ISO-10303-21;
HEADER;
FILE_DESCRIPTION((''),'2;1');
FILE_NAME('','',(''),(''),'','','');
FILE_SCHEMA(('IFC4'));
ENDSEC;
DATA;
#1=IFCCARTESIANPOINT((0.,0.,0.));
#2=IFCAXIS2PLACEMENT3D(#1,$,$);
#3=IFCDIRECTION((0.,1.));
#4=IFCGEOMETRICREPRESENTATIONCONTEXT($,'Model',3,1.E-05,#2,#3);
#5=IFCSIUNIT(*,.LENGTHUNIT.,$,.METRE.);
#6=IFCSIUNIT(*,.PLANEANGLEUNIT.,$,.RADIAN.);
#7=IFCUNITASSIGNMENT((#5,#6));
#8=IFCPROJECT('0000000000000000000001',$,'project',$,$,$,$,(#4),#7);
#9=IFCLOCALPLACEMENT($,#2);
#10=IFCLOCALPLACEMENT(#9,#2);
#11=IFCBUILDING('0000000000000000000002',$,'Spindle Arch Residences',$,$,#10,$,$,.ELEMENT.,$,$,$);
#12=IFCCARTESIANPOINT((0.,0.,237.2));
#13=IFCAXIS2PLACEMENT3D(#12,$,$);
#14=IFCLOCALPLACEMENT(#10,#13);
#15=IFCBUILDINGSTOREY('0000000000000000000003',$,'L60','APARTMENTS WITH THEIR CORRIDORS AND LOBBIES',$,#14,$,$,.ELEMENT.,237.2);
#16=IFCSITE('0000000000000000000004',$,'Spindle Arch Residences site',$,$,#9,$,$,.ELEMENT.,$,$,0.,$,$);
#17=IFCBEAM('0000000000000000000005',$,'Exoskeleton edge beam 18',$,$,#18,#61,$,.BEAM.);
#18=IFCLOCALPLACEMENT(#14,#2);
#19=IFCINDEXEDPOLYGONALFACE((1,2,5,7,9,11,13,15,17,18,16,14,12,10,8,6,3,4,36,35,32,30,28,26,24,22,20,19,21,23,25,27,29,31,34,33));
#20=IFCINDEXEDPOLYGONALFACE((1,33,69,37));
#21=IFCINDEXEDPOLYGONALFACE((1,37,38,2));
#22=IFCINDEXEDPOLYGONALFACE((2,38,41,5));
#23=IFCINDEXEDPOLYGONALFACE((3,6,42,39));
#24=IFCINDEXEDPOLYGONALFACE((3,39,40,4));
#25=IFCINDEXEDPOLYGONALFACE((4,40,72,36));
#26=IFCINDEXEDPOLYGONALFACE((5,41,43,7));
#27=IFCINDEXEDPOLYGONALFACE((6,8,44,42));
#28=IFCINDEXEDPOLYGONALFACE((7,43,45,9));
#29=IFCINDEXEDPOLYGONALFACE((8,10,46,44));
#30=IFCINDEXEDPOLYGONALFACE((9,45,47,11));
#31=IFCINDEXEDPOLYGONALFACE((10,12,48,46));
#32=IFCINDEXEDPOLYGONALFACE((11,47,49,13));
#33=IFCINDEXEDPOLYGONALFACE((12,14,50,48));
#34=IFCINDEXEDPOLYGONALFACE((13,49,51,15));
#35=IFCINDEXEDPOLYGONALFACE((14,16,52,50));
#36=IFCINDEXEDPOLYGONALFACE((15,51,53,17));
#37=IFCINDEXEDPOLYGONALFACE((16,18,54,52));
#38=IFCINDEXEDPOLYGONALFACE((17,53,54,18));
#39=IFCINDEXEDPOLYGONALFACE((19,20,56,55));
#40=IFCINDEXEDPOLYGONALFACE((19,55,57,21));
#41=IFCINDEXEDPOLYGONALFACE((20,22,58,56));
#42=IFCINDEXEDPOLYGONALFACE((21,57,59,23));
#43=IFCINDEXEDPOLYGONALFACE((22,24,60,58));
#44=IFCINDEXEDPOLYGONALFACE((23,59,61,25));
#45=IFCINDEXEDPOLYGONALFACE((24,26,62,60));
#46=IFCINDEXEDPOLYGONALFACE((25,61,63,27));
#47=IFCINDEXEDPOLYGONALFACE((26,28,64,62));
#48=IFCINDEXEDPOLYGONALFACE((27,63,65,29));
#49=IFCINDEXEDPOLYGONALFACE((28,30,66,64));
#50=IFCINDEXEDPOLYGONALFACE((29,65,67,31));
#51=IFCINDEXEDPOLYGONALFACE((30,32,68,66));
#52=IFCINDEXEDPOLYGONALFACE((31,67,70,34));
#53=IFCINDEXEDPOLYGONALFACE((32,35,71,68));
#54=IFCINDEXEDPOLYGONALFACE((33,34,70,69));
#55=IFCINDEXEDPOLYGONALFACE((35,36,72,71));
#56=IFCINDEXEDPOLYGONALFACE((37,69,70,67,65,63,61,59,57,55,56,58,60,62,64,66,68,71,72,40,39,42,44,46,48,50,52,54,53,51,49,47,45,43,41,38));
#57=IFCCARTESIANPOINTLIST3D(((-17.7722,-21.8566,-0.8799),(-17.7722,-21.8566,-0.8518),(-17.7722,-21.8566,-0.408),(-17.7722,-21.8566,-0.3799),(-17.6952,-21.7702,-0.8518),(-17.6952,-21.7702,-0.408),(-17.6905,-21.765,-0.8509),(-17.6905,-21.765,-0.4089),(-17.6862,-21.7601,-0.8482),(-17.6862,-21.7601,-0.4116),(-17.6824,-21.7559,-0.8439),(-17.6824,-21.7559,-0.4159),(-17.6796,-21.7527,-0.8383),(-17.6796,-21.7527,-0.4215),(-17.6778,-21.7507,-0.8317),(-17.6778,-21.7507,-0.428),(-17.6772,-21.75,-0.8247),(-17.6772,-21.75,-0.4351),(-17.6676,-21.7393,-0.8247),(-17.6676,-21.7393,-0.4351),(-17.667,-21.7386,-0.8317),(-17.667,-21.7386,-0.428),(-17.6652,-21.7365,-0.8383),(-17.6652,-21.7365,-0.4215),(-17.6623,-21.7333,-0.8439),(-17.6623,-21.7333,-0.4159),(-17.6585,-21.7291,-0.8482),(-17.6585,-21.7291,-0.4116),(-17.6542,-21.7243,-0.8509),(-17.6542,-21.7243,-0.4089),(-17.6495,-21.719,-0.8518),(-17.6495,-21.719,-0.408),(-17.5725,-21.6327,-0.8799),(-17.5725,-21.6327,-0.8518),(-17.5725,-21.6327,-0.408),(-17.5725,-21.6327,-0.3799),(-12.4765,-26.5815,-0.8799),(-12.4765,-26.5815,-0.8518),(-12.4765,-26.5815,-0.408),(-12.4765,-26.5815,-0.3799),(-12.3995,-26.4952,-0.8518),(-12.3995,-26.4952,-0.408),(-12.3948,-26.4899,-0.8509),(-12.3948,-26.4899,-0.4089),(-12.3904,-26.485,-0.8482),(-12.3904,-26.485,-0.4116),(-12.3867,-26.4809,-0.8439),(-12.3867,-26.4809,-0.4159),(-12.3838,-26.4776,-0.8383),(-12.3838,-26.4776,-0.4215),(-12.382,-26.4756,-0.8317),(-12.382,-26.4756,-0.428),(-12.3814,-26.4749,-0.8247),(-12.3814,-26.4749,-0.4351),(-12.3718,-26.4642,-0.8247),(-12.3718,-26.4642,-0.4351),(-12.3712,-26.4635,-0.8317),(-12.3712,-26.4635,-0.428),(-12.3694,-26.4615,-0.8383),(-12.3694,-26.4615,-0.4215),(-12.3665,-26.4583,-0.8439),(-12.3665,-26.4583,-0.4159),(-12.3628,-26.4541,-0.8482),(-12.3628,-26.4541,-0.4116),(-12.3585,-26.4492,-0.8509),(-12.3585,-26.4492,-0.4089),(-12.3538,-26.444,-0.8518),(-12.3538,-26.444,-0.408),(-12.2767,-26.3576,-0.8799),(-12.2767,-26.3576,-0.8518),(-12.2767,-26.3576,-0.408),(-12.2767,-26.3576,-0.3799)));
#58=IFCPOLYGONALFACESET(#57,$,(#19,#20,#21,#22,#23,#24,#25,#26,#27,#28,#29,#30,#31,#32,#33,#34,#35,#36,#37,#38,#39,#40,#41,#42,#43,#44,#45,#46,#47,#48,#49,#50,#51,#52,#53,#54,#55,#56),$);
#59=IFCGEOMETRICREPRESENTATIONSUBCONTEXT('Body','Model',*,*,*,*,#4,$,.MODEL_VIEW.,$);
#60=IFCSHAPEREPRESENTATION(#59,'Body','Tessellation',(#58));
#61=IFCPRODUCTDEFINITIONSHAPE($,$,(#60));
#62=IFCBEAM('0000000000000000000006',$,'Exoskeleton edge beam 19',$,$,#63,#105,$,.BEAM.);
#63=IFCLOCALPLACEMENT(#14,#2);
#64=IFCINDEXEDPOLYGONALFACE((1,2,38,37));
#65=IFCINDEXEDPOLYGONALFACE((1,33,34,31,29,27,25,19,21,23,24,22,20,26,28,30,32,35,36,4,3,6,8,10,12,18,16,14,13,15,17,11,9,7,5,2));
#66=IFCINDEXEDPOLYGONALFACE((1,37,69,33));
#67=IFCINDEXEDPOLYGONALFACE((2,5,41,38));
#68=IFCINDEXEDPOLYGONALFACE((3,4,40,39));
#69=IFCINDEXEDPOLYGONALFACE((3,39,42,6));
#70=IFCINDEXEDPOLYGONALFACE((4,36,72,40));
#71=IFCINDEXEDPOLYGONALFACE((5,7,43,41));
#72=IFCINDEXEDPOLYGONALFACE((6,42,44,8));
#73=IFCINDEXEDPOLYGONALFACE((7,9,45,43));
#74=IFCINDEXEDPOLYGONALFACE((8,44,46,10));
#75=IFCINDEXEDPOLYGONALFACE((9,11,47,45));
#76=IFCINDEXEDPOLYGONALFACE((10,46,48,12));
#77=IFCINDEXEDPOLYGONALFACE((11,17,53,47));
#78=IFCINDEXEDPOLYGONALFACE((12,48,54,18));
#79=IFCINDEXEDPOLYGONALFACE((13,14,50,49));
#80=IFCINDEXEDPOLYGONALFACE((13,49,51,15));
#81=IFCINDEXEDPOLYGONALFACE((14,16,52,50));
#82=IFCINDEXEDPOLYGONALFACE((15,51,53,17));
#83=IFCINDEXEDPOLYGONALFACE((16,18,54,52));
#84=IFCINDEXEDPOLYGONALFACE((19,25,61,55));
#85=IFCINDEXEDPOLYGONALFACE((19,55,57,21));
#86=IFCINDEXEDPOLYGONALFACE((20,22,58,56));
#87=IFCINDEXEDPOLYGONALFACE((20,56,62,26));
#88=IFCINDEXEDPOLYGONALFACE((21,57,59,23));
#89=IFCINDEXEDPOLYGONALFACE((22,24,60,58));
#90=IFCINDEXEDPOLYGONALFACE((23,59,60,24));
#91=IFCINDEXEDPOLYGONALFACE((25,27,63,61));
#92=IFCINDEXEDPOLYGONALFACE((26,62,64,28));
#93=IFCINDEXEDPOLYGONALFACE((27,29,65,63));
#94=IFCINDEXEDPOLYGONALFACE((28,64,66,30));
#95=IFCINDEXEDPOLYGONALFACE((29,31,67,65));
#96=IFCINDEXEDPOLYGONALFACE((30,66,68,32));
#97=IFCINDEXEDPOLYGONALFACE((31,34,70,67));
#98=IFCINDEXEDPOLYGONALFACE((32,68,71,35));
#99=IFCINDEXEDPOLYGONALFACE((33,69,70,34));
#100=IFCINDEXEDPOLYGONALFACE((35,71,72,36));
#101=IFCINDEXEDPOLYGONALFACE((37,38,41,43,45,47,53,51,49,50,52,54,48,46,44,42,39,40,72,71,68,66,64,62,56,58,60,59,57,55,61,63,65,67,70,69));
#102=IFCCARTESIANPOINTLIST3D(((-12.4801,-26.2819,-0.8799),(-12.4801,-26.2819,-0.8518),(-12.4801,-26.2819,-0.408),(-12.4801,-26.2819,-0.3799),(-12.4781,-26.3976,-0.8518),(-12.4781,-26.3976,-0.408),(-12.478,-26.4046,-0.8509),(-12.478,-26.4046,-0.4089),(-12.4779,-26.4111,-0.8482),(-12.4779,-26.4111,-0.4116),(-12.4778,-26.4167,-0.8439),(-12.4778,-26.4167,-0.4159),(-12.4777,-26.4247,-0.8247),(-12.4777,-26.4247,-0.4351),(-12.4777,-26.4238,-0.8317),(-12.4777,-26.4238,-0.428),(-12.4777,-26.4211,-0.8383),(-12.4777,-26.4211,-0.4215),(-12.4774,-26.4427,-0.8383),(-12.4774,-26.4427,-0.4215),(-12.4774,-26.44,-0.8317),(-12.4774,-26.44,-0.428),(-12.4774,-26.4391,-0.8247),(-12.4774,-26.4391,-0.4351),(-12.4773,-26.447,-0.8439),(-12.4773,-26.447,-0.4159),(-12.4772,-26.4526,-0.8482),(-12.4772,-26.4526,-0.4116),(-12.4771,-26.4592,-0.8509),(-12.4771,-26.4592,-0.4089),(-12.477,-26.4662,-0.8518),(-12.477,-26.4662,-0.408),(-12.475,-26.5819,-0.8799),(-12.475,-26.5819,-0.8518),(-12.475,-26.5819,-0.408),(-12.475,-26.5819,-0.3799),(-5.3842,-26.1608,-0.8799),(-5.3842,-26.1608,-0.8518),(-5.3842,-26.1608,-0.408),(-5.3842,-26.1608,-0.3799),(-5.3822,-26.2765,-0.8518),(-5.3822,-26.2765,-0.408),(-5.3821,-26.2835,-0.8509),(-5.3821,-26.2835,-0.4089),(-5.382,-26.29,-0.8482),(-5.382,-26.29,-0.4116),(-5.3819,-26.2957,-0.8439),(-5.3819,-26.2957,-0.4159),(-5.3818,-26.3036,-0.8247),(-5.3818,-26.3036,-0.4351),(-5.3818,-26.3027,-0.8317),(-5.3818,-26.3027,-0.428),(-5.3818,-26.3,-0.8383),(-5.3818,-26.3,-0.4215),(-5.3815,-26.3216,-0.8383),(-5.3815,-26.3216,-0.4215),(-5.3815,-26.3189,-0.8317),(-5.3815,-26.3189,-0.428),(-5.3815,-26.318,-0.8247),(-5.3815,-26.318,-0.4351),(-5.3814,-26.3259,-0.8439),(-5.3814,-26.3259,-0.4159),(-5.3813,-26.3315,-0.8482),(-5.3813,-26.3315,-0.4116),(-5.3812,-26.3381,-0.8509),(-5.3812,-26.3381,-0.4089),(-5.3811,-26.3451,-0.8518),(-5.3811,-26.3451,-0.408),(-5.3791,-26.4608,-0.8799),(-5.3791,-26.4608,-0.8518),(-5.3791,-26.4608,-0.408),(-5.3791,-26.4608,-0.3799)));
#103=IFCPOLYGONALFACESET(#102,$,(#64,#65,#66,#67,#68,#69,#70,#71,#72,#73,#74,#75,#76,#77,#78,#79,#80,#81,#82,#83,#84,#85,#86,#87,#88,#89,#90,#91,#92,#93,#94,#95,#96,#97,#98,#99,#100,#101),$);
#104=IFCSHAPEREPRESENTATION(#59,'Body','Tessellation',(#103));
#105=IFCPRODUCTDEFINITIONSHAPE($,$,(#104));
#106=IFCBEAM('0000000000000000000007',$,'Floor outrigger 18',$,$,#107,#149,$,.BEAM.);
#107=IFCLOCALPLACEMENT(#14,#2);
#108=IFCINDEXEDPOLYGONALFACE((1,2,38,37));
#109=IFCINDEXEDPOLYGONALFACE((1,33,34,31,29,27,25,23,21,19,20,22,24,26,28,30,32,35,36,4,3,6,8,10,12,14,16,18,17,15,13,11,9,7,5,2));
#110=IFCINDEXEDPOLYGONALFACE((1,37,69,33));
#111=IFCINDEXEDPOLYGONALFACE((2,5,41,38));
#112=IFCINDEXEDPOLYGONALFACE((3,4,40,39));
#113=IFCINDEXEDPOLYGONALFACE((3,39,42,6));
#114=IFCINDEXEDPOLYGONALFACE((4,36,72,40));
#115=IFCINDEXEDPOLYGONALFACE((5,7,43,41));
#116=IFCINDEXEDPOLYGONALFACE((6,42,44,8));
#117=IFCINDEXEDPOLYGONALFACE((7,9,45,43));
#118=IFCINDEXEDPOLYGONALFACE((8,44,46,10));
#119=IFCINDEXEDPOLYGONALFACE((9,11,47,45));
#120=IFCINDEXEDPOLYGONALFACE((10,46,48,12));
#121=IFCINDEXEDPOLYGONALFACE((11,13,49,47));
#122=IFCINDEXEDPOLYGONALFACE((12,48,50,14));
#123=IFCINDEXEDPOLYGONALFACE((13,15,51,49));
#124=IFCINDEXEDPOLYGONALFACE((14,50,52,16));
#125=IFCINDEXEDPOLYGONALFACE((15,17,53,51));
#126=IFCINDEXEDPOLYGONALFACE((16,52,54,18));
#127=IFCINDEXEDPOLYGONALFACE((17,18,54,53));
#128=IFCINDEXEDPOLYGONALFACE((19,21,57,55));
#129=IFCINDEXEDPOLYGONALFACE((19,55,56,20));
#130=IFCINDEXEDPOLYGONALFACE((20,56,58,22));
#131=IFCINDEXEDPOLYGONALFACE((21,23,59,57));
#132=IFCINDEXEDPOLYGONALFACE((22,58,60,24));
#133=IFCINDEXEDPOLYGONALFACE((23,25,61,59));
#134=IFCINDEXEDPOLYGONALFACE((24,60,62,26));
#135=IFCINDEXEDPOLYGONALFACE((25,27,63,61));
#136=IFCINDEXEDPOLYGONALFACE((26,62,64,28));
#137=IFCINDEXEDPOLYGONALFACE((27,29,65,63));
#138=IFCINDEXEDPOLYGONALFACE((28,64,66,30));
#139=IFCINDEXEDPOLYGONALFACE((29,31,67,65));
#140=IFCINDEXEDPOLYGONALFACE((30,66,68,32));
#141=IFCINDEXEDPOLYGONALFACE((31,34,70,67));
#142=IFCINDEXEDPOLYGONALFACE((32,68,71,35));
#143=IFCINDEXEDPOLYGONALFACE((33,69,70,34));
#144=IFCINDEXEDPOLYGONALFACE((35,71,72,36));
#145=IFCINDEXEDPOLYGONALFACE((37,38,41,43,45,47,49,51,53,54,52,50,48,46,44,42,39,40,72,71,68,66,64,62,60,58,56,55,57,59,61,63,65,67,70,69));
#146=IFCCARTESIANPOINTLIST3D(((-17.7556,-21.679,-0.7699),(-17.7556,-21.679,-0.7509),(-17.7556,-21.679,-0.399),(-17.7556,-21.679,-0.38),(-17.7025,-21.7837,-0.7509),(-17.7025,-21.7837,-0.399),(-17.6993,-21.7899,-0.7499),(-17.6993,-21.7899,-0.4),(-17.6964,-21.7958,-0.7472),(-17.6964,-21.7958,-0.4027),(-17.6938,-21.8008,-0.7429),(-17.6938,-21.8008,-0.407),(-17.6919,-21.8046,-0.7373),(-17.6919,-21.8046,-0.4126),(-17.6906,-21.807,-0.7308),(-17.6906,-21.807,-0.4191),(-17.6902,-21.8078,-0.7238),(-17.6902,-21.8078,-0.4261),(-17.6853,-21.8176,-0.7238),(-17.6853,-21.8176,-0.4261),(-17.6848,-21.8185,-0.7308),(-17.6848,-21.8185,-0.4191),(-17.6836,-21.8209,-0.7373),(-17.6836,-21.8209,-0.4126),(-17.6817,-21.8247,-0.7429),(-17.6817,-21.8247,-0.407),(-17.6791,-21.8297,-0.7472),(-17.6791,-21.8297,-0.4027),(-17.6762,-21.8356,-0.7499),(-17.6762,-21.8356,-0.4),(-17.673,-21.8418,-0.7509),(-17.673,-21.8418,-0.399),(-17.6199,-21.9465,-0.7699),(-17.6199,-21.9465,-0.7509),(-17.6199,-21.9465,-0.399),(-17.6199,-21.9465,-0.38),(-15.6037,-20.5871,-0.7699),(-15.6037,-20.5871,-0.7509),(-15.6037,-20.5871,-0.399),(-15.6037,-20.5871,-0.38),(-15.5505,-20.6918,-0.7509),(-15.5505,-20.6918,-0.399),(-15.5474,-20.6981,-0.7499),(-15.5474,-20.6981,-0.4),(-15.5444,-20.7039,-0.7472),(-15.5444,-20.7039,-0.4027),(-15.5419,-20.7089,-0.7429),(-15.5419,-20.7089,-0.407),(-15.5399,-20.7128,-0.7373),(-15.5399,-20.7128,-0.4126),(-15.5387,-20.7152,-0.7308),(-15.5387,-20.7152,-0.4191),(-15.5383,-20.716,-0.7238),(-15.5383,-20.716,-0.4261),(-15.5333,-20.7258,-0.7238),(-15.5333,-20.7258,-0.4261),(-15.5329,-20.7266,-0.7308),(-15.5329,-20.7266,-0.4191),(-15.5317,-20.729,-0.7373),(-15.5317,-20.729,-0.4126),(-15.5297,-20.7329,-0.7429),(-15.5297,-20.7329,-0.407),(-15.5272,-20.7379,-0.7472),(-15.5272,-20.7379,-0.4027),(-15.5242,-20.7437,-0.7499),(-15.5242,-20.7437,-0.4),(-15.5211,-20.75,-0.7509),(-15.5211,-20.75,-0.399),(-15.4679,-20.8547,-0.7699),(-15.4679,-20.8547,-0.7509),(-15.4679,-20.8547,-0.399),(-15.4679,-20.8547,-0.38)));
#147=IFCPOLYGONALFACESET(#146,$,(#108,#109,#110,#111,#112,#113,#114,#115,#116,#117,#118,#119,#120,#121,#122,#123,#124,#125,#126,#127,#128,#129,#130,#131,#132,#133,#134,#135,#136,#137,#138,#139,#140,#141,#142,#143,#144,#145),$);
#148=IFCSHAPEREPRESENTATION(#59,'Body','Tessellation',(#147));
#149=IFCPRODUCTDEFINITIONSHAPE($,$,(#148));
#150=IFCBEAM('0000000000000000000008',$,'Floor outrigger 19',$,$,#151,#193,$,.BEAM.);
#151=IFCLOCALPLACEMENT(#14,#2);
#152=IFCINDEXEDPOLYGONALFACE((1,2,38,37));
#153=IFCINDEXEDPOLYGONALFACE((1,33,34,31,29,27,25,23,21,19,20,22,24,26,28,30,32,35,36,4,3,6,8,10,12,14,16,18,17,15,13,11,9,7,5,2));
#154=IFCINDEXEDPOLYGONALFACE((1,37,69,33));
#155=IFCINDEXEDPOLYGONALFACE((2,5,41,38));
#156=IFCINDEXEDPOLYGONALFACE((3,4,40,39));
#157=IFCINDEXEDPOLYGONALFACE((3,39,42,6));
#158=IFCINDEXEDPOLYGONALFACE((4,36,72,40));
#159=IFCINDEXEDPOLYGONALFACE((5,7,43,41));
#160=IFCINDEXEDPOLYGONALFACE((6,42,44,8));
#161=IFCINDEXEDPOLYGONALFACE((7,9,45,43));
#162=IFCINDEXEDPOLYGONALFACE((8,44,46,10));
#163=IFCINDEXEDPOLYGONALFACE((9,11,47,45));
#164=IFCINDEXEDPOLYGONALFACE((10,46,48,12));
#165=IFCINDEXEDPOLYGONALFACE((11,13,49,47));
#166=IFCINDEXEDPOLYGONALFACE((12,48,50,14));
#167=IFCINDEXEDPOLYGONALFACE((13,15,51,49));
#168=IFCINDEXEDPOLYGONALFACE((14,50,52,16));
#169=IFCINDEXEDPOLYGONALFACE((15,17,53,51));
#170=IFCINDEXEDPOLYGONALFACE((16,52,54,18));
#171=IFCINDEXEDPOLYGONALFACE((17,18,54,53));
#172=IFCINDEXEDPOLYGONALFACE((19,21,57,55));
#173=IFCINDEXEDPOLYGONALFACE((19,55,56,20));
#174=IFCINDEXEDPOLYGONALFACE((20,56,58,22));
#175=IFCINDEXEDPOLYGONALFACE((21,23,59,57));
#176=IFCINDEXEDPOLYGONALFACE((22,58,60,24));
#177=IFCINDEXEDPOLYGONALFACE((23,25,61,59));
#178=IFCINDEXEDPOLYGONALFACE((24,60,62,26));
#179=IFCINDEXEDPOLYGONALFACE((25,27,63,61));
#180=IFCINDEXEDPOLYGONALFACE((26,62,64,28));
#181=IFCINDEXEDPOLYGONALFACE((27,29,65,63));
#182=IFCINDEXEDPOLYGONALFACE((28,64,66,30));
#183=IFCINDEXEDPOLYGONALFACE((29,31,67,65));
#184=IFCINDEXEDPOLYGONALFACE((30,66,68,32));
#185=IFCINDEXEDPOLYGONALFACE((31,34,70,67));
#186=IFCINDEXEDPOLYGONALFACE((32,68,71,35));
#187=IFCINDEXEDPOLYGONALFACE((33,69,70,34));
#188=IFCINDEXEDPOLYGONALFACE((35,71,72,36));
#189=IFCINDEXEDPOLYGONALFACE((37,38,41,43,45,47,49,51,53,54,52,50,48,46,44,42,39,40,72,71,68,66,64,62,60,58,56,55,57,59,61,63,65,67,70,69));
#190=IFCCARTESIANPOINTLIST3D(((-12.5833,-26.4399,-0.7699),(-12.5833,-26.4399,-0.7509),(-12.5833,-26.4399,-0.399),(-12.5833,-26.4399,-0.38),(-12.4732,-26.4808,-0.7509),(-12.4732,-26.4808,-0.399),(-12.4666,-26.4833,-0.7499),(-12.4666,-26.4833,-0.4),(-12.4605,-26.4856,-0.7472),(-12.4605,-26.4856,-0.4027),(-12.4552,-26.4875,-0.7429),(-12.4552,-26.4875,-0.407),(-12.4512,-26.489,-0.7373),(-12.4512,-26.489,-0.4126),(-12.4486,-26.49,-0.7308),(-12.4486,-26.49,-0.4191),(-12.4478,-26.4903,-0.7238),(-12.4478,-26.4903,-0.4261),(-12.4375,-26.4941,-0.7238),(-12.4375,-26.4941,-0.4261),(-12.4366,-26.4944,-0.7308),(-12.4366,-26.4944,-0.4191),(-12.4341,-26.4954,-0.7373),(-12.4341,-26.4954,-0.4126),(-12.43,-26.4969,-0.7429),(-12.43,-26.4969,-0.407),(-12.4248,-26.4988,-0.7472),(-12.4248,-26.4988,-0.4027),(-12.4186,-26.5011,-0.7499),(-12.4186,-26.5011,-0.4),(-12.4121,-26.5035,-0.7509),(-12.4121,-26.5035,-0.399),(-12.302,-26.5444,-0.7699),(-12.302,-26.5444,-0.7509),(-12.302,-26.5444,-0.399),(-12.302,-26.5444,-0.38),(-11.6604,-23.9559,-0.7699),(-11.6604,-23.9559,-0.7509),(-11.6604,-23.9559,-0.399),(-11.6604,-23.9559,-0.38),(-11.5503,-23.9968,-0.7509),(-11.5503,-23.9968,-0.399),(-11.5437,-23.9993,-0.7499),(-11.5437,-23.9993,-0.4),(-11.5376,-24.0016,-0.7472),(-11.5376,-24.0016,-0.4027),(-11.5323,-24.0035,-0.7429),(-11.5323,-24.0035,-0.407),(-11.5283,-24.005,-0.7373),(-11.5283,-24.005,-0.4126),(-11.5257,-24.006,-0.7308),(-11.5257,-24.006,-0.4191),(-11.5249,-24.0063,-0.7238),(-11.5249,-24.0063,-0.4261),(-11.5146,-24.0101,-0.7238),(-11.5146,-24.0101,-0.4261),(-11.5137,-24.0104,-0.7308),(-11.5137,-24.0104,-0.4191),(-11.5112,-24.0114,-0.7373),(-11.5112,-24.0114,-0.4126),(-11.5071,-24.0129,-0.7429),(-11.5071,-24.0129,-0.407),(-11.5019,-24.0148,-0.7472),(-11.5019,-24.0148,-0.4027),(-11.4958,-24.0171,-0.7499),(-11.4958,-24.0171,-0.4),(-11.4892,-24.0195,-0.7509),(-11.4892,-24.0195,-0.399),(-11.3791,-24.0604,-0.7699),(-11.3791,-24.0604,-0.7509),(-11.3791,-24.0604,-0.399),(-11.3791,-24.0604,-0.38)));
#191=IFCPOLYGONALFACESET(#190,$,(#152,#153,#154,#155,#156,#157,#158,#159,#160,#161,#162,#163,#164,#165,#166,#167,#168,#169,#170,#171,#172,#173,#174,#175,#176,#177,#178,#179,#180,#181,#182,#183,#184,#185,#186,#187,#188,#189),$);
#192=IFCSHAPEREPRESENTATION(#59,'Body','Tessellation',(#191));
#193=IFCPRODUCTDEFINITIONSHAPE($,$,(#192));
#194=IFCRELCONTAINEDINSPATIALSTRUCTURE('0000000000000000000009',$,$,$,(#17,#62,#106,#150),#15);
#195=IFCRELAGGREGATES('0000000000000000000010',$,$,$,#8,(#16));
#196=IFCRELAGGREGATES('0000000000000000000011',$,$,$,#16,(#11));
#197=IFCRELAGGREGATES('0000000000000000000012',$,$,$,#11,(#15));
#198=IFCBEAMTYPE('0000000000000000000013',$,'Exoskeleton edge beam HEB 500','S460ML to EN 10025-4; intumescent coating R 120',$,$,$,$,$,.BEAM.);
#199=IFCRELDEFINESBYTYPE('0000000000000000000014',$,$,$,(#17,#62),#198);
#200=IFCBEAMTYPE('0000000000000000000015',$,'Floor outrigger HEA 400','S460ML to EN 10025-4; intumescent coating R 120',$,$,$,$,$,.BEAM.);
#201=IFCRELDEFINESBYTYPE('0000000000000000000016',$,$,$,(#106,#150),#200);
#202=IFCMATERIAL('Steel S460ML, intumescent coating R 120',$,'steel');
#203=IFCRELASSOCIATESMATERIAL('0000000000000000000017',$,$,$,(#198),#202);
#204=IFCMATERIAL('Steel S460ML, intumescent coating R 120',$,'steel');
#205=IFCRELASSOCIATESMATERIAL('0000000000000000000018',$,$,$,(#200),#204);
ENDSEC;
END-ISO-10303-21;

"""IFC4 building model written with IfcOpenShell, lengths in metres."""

from ifc_helpers import new_model, si_unit, direction, frame, origin, origin_2d, place, context, subcontext, project, spatial, i_section, extrude, material, material_profile, profile_set, type_object, element, save


model = new_model("IFC4")

# Units and contexts
model_context = context("Model", 3, precision=1e-05, world=origin(), true_north=direction((0.0, 1.0)))
body_context = subcontext(model_context, "Body", "Model", "MODEL_VIEW")
ifc_project = project(units=[si_unit("LENGTHUNIT", "METRE"), si_unit("PLANEANGLEUNIT", "RADIAN")], contexts=[model_context])

# Site, building, storey
site_placement = place(None, origin())
site = spatial("IfcSite", under=ifc_project, at=site_placement, Name="Spindle Arch Residences site", CompositionType="ELEMENT", RefElevation=0.0)
building_placement = place(site_placement, origin())
building = spatial("IfcBuilding", under=site, at=building_placement, Name="Spindle Arch Residences", CompositionType="ELEMENT")
storey_placement = place(building_placement, frame((0.0, 0.0, 237.2)))
storey = spatial("IfcBuildingStorey", under=building, at=storey_placement, Name="L60", Description="APARTMENTS WITH THEIR CORRIDORS AND LOBBIES", CompositionType="ELEMENT", Elevation=237.2)

# Beams
ifc_material_1 = material(Name="Steel S460ML, intumescent coating R 120", Category="steel")
ifc_material_profile_1 = material_profile(ifc_material_1, i_section(OverallWidth=0.3, OverallDepth=0.5, WebThickness=0.0144, FlangeThickness=0.0281, FilletRadius=0.0271, at=origin_2d()), Name="HEB 500")
ifc_profile_set_1 = profile_set([ifc_material_profile_1], Name="Steel S460ML, intumescent coating R 120")
beam_type_1 = type_object("IfcBeamType", Name="Exoskeleton edge beam HEB 500", Description="S460ML to EN 10025-4; intumescent coating R 120", PredefinedType="BEAM", material=ifc_profile_set_1)
beam_1_placement = place(storey_placement, frame((-17.6724, -21.7446, -0.6299), z_axis=(0.746176, -0.665748, 0.0), x_axis=(0.665748, 0.746176, 0.0)))
element("IfcBeam", 1, at=beam_1_placement, inside=storey, type_object=beam_type_1, Name="Exoskeleton edge beam 18", PredefinedType="BEAM", context=body_context, shape_type="SweptSolid", body=[
    extrude(i_section(OverallWidth=0.3, OverallDepth=0.5, WebThickness=0.0144, FlangeThickness=0.0281, FilletRadius=0.0271, at=origin_2d()), origin(), (0.0, 0.0, 1.0), 7.0972),
])
beam_2_placement = place(storey_placement, frame((-12.4775, -26.4319, -0.6299), z_axis=(0.999854, 0.017063, 0.0), x_axis=(-0.017063, 0.999854, 0.0)))
element("IfcBeam", 2, at=beam_2_placement, inside=storey, type_object=beam_type_1, Name="Exoskeleton edge beam 19", PredefinedType="BEAM", context=body_context, shape_type="SweptSolid", body=[
    extrude(i_section(OverallWidth=0.3, OverallDepth=0.5, WebThickness=0.0144, FlangeThickness=0.0281, FilletRadius=0.0271, at=origin_2d()), origin(), (0.0, 0.0, 1.0), 7.0969),
])
ifc_material_2 = material(Name="Steel S460ML, intumescent coating R 120", Category="steel")
ifc_material_profile_2 = material_profile(ifc_material_2, i_section(OverallWidth=0.3, OverallDepth=0.3899, WebThickness=0.011, FlangeThickness=0.019, FilletRadius=0.0271, at=origin_2d()), Name="HEA 400")
ifc_profile_set_2 = profile_set([ifc_material_profile_2], Name="Steel S460ML, intumescent coating R 120")
beam_type_2 = type_object("IfcBeamType", Name="Floor outrigger HEA 400", Description="S460ML to EN 10025-4; intumescent coating R 120", PredefinedType="BEAM", material=ifc_profile_set_2)
beam_3_placement = place(storey_placement, frame((-17.6877, -21.8127, -0.575), z_axis=(0.891781, 0.452467, 0.0), x_axis=(-0.452467, 0.891781, 0.0)))
element("IfcBeam", 3, at=beam_3_placement, inside=storey, type_object=beam_type_2, Name="Floor outrigger 18", PredefinedType="BEAM", context=body_context, shape_type="SweptSolid", body=[
    extrude(i_section(OverallWidth=0.3, OverallDepth=0.3899, WebThickness=0.011, FlangeThickness=0.019, FilletRadius=0.0271, at=origin_2d()), origin(), (0.0, 0.0, 1.0), 2.4131),
])
beam_4_placement = place(storey_placement, frame((-12.4426, -26.4922, -0.575), z_axis=(0.348274, 0.937393, 0.0), x_axis=(-0.937393, 0.348274, 0.0)))
element("IfcBeam", 4, at=beam_4_placement, inside=storey, type_object=beam_type_2, Name="Floor outrigger 19", PredefinedType="BEAM", context=body_context, shape_type="SweptSolid", body=[
    extrude(i_section(OverallWidth=0.3, OverallDepth=0.3899, WebThickness=0.011, FlangeThickness=0.019, FilletRadius=0.0271, at=origin_2d()), origin(), (0.0, 0.0, 1.0), 2.6499),
])

save(model, "model.ifc")
